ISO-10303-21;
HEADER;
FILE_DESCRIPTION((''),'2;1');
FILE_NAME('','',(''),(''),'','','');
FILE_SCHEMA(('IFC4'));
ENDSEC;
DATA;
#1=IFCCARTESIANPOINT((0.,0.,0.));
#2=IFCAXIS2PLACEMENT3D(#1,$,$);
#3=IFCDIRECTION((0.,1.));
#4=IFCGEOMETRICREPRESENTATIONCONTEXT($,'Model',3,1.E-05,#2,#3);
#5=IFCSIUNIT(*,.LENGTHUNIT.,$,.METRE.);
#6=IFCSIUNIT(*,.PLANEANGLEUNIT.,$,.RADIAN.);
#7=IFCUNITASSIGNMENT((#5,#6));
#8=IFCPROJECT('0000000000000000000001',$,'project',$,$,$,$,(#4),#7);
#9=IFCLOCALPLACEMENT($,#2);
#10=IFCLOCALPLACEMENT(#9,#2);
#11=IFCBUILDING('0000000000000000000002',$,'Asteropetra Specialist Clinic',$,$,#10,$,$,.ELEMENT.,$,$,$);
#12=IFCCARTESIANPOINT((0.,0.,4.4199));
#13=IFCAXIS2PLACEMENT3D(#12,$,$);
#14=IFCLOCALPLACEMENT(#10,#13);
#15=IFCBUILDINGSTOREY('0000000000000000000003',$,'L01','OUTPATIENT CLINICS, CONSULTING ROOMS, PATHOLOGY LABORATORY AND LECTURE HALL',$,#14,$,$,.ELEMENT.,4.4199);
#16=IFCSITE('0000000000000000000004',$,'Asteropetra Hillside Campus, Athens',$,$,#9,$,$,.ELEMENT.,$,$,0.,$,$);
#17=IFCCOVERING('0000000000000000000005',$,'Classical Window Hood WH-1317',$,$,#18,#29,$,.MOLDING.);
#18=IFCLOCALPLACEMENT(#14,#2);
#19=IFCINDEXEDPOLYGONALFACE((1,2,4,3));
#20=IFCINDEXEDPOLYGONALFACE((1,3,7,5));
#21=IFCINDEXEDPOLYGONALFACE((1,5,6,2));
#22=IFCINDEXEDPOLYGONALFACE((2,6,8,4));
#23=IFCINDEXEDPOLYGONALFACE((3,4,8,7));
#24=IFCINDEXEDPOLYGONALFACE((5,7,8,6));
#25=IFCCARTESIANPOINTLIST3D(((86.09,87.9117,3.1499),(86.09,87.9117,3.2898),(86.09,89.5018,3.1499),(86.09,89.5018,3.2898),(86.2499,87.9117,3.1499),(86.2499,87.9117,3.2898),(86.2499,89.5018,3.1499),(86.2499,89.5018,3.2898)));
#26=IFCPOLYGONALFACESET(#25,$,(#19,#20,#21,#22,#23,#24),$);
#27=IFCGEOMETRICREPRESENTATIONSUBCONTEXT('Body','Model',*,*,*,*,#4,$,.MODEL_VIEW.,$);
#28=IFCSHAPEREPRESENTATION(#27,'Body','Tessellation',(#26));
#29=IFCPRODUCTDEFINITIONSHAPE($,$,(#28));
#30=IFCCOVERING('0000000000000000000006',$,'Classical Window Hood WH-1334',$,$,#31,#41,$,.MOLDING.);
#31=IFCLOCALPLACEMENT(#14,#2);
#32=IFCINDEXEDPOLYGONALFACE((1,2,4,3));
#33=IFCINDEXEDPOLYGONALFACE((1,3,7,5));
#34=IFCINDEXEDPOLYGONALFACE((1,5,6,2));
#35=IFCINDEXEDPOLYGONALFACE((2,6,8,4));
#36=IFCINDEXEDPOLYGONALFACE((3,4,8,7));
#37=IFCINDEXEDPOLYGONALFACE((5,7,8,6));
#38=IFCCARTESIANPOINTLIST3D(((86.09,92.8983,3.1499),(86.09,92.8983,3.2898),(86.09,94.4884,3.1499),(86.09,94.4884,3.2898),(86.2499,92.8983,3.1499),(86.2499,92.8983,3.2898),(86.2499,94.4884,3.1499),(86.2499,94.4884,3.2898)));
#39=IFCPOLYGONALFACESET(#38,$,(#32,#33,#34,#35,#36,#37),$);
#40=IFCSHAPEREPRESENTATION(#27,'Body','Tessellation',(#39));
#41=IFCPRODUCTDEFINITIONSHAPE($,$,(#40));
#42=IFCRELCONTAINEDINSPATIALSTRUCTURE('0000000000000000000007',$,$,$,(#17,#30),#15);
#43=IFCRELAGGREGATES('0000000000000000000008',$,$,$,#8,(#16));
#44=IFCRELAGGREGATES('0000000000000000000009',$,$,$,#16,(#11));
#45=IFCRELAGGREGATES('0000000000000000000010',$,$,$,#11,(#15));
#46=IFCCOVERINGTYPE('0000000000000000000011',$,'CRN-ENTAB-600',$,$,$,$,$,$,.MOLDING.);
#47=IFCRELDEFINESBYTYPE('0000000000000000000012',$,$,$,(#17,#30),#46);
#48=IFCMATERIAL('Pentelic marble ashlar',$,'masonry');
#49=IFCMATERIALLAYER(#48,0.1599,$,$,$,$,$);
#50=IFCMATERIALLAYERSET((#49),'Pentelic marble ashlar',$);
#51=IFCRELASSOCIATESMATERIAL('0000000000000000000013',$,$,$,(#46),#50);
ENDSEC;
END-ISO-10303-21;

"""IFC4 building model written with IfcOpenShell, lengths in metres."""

from ifc_helpers import new_model, si_unit, direction, frame, origin, origin_2d, place, context, subcontext, project, spatial, rectangle, extrude, material, layer, layer_set, type_object, element, save


model = new_model("IFC4")

# Units and contexts
model_context = context("Model", 3, precision=1e-05, world=origin(), true_north=direction((0.0, 1.0)))
body_context = subcontext(model_context, "Body", "Model", "MODEL_VIEW")
ifc_project = project(units=[si_unit("LENGTHUNIT", "METRE"), si_unit("PLANEANGLEUNIT", "RADIAN")], contexts=[model_context])

# Site, building, storey
site_placement = place(None, origin())
site = spatial("IfcSite", under=ifc_project, at=site_placement, Name="Asteropetra Hillside Campus, Athens", CompositionType="ELEMENT", RefElevation=0.0)
building_placement = place(site_placement, origin())
building = spatial("IfcBuilding", under=site, at=building_placement, Name="Asteropetra Specialist Clinic", CompositionType="ELEMENT")
storey_placement = place(building_placement, frame((0.0, 0.0, 4.4199)))
storey = spatial("IfcBuildingStorey", under=building, at=storey_placement, Name="L01", Description="OUTPATIENT CLINICS, CONSULTING ROOMS, PATHOLOGY LABORATORY AND LECTURE HALL", CompositionType="ELEMENT", Elevation=4.4199)

# Coverings
ifc_material_1 = material(Name="Pentelic marble ashlar", Category="masonry")
ifc_layer_1 = layer(ifc_material_1, 0.1599)
ifc_layer_set_1 = layer_set([ifc_layer_1], Name="Pentelic marble ashlar")
covering_type_1 = type_object("IfcCoveringType", Name="CRN-ENTAB-600", PredefinedType="MOLDING", material=ifc_layer_set_1)
for number, where, z_axis, x_axis, name in (
    (1, (86.1699, 88.7068, 3.1499), (0.0, 0.0, 1.0), (1.0, 0.0, 0.0), "Classical Window Hood WH-1317"),
    (2, (86.1699, 93.6934, 3.1499), (0.0, 0.0, 1.0), (1.0, 0.0, 0.0), "Classical Window Hood WH-1334"),
):
    element("IfcCovering", number, at=place(storey_placement, frame(where, z_axis=z_axis, x_axis=x_axis)), inside=storey, type_object=covering_type_1, Name=name, PredefinedType="MOLDING", context=body_context, shape_type="SweptSolid", body=[
        extrude(rectangle(XDim=0.1599, YDim=1.5901, at=origin_2d()), origin(), (0.0, 0.0, 1.0), 0.1399),
    ])

save(model, "model.ifc")
